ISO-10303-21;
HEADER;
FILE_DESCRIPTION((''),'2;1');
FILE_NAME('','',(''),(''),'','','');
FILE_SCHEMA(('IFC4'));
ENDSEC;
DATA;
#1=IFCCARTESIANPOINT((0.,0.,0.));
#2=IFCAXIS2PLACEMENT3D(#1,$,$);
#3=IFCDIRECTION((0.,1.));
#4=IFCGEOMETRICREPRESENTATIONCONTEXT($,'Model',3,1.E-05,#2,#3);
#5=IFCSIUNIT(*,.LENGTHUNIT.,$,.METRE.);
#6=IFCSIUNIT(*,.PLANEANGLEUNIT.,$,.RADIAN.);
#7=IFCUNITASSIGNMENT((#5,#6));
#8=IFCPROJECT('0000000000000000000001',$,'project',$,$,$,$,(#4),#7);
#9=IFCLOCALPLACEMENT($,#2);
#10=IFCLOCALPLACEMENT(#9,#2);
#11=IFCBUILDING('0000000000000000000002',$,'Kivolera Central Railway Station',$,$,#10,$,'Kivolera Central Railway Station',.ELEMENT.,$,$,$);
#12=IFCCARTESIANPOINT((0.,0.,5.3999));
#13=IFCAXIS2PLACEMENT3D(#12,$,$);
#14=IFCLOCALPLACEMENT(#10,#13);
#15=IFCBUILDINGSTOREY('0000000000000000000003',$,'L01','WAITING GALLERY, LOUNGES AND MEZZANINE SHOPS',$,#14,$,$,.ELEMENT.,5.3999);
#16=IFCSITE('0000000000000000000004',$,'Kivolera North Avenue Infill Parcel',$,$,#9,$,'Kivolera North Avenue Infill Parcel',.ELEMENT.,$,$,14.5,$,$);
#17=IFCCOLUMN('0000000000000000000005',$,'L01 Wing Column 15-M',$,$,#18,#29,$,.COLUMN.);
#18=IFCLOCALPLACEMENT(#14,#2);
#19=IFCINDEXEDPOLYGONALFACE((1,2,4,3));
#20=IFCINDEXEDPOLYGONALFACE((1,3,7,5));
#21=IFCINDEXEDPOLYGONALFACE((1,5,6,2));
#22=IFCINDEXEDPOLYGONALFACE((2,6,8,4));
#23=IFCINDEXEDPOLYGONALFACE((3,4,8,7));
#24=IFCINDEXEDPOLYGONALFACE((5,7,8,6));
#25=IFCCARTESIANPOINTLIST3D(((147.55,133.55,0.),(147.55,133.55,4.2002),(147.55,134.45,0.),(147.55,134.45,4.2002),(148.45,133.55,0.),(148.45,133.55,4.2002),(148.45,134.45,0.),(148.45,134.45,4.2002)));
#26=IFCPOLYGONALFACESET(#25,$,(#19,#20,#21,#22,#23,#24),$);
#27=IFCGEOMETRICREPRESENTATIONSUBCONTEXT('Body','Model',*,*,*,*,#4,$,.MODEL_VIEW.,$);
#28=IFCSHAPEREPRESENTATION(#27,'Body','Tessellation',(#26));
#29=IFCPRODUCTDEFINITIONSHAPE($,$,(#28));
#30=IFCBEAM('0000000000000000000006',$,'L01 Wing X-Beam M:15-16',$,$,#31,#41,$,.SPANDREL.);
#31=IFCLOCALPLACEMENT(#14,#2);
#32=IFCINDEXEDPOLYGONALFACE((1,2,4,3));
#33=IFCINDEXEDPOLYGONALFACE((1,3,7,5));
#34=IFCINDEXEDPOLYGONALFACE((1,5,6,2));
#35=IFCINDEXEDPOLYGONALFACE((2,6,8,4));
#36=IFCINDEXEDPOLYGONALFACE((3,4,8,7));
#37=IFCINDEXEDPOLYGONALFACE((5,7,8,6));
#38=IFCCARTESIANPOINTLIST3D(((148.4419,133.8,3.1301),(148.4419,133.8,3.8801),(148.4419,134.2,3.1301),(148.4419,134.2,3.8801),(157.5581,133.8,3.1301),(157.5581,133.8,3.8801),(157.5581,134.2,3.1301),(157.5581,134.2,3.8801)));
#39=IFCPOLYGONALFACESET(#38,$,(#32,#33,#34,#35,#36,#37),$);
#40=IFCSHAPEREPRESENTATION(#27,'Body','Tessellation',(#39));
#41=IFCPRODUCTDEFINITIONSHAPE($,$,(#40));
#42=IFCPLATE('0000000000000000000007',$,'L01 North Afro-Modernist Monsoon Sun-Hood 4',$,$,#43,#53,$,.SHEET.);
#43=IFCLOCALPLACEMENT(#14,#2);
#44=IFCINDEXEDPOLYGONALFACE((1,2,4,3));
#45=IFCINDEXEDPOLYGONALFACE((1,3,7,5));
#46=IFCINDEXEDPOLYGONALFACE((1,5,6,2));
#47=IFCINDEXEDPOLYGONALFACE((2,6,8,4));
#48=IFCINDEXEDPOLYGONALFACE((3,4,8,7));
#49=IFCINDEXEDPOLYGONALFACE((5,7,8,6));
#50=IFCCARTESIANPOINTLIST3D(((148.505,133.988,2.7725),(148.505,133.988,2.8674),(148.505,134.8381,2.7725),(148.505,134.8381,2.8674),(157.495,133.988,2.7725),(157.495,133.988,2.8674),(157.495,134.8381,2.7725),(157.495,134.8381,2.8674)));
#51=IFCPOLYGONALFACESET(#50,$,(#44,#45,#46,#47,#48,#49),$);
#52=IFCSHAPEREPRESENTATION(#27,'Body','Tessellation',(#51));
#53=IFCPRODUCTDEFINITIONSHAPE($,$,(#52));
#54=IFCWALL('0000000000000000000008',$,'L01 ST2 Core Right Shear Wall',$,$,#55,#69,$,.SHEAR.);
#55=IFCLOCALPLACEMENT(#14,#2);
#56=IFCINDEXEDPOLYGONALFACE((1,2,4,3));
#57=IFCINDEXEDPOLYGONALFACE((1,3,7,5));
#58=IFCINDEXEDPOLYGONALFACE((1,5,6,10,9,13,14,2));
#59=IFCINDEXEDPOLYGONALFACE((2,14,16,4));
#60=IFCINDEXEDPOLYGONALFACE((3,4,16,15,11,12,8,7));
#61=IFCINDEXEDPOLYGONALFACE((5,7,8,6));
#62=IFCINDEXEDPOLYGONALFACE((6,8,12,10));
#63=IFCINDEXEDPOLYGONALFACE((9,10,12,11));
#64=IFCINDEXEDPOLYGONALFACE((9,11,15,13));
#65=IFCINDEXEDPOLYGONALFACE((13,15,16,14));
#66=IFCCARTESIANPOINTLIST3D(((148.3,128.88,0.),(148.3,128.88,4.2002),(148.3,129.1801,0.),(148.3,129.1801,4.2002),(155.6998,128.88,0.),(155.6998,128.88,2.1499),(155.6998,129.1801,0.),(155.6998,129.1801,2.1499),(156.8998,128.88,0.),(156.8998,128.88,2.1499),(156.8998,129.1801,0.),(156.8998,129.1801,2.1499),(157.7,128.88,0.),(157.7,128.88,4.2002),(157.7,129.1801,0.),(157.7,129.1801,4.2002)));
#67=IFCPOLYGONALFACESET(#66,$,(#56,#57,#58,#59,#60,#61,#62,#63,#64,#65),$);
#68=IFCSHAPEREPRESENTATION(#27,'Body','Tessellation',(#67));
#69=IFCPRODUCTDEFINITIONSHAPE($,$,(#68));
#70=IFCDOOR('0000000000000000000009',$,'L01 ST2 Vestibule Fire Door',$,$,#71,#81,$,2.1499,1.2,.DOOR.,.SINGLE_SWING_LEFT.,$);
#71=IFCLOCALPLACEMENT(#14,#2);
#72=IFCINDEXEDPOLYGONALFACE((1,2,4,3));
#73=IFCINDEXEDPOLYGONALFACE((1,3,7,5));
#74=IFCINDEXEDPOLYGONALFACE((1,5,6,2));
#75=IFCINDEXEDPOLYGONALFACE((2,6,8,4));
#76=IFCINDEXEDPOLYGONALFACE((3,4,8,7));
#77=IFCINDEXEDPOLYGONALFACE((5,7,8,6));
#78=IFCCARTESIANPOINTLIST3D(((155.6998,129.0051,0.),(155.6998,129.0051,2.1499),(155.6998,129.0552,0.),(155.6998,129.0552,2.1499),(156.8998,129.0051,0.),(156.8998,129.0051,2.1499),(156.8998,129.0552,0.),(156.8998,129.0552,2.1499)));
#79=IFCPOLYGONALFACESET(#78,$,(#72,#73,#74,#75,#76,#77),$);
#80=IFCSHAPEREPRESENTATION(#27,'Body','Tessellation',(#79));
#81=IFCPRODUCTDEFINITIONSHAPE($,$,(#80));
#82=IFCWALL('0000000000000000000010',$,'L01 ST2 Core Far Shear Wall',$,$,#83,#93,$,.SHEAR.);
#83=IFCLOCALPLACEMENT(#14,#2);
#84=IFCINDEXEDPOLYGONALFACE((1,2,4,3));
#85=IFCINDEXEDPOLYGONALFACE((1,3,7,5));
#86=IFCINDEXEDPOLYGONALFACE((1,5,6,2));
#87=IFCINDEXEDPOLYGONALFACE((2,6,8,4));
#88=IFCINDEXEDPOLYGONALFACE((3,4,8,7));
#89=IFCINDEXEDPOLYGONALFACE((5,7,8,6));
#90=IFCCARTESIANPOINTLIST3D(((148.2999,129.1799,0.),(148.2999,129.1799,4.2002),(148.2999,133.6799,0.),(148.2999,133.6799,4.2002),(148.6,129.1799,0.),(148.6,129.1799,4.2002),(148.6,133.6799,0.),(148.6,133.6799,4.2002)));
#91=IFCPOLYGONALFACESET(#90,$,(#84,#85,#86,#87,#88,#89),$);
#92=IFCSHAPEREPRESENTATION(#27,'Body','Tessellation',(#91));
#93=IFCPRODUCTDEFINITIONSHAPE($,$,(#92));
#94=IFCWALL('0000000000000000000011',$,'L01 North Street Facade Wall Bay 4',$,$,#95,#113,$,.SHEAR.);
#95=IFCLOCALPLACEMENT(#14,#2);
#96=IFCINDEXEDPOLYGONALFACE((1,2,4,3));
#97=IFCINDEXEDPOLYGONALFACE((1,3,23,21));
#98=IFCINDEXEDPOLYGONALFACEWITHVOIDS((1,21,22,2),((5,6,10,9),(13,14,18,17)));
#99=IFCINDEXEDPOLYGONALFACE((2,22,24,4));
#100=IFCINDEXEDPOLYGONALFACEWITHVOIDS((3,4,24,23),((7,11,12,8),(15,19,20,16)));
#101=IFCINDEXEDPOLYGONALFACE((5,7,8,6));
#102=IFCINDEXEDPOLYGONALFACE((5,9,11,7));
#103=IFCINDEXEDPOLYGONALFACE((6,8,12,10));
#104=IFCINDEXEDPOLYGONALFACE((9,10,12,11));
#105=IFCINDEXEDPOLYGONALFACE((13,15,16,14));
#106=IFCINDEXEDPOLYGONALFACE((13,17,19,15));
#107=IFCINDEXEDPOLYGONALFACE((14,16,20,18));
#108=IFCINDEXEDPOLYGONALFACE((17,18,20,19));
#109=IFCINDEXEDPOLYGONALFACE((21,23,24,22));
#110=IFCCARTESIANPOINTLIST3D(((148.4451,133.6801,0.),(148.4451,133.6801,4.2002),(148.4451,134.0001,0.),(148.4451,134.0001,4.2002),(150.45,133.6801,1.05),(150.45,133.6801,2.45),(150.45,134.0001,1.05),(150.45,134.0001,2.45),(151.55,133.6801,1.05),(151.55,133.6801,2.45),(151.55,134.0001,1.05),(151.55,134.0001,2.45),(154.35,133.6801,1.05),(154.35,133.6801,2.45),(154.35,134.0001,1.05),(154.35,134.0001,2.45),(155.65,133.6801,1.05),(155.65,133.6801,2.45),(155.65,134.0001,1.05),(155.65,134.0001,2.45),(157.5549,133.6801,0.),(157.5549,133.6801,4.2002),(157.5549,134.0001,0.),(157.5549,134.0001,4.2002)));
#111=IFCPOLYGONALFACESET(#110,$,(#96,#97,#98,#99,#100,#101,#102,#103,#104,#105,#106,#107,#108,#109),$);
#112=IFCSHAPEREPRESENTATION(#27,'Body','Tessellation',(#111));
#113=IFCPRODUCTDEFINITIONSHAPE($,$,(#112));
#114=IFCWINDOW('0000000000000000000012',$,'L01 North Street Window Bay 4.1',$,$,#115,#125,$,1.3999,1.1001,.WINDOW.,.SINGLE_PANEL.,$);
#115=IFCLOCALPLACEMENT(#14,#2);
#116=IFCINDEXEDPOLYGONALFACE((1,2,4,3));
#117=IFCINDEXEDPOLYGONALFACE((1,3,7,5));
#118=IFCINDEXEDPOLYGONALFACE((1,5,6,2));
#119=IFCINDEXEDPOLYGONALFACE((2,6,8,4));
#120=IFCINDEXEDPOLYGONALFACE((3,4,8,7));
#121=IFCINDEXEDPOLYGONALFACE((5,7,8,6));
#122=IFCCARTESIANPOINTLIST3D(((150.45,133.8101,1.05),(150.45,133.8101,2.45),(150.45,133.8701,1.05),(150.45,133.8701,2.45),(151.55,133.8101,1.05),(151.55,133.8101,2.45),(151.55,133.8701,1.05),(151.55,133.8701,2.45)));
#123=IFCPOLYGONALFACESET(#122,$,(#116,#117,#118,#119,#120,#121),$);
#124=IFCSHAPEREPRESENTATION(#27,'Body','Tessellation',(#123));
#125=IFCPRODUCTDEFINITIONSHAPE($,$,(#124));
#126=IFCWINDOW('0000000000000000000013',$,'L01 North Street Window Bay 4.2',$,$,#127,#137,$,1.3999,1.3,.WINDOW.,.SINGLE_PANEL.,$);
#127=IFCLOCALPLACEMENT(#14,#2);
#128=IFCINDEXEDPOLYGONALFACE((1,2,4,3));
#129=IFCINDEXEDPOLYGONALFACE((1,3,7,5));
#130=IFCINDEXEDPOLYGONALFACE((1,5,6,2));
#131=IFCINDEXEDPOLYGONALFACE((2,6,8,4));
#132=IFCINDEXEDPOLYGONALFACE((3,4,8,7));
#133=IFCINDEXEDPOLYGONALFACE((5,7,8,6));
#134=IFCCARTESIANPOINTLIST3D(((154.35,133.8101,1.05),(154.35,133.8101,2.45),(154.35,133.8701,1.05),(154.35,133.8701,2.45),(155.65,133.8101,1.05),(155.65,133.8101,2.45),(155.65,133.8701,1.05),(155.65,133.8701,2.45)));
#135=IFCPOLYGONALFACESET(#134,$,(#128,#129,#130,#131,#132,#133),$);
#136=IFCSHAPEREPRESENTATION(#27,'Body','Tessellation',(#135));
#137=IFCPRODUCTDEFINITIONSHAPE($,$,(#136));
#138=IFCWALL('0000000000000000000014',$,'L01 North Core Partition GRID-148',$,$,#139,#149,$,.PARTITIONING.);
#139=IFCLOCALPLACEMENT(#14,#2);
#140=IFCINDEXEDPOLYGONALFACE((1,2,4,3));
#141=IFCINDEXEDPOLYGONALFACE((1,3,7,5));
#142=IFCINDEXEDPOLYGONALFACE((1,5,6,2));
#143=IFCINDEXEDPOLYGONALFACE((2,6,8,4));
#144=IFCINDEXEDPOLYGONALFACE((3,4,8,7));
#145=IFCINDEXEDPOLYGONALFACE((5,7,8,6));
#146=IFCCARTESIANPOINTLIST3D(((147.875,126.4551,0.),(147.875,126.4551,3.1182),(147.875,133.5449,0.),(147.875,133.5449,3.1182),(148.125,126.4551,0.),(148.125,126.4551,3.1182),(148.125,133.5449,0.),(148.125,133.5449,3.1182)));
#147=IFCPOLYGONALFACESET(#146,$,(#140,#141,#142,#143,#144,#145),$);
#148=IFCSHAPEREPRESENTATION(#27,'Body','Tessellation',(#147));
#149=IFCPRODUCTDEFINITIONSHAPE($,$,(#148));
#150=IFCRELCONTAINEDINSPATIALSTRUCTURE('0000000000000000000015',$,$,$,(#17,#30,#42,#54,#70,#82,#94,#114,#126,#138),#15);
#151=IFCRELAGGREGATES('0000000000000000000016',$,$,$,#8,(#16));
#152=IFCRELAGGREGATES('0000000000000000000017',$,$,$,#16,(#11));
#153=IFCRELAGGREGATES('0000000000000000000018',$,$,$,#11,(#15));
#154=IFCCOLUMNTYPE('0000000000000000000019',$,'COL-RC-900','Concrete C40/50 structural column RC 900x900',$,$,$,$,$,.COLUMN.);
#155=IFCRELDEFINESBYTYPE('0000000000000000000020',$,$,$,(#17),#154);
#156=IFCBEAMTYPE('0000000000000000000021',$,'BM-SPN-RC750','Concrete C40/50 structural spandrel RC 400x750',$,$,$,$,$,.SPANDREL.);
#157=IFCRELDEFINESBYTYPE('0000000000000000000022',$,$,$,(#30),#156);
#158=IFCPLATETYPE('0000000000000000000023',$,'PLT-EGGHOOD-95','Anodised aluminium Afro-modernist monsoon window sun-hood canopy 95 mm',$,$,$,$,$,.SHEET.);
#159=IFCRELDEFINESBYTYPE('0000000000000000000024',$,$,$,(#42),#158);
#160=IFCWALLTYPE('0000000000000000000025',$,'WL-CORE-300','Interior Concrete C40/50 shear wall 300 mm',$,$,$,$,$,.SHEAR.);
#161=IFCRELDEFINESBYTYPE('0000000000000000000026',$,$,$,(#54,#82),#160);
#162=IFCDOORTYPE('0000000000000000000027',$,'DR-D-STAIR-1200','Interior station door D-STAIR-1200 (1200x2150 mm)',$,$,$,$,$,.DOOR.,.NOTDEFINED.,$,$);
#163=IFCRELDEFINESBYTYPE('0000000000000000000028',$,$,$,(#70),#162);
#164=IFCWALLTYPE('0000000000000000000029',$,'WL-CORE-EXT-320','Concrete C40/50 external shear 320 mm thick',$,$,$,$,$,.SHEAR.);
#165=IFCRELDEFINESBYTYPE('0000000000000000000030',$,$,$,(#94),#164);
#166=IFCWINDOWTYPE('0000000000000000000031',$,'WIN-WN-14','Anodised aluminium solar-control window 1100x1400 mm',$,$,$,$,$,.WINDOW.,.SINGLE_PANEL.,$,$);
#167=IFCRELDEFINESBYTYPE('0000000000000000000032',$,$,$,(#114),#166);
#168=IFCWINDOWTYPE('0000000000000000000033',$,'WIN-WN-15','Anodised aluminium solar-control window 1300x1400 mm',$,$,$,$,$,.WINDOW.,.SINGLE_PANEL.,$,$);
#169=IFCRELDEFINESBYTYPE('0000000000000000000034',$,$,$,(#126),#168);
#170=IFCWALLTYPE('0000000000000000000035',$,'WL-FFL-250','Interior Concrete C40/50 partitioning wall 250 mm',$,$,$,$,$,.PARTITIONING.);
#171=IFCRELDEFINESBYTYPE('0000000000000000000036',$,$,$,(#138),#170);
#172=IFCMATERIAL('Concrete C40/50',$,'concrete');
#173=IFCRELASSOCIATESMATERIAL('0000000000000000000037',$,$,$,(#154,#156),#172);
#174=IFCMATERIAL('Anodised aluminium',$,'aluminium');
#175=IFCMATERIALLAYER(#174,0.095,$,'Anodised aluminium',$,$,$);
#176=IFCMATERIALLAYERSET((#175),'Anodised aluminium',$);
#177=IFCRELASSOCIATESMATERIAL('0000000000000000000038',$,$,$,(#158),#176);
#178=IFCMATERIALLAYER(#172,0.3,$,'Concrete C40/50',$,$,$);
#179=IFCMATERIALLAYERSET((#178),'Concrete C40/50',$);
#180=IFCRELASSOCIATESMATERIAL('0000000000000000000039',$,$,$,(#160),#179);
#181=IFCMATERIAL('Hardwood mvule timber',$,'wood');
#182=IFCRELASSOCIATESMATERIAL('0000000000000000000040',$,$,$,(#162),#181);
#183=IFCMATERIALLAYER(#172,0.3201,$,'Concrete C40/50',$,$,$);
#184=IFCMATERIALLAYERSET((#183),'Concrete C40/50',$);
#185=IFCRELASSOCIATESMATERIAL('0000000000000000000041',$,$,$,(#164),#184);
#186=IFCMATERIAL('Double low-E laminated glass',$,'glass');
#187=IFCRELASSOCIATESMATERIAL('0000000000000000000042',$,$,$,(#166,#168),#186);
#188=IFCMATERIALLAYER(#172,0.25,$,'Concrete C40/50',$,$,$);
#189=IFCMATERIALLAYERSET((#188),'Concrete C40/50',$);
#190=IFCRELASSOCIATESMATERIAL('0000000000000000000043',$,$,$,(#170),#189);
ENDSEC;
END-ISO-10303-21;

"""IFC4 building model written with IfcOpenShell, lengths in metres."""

from ifc_helpers import new_model, si_unit, direction, frame, frame_2d, origin, origin_2d, place, context, subcontext, project, spatial, rectangle, extrude, material, layer, layer_set, material_profile, profile_set, type_object, element, fill, save


model = new_model("IFC4")

# Units and contexts
model_context = context("Model", 3, precision=1e-05, world=origin(), true_north=direction((0.0, 1.0)))
body_context = subcontext(model_context, "Body", "Model", "MODEL_VIEW")
ifc_project = project(units=[si_unit("LENGTHUNIT", "METRE"), si_unit("PLANEANGLEUNIT", "RADIAN")], contexts=[model_context])

# Site, building, storey
site_placement = place(None, origin())
site = spatial("IfcSite", under=ifc_project, at=site_placement, Name="Kivolera North Avenue Infill Parcel", LongName="Kivolera North Avenue Infill Parcel", CompositionType="ELEMENT", RefElevation=14.5)
building_placement = place(site_placement, origin())
building = spatial("IfcBuilding", under=site, at=building_placement, Name="Kivolera Central Railway Station", LongName="Kivolera Central Railway Station", CompositionType="ELEMENT")
storey_placement = place(building_placement, frame((0.0, 0.0, 5.3999)))
storey = spatial("IfcBuildingStorey", under=building, at=storey_placement, Name="L01", Description="WAITING GALLERY, LOUNGES AND MEZZANINE SHOPS", CompositionType="ELEMENT", Elevation=5.3999)

# Column
ifc_material_1 = material(Name="Concrete C40/50", Category="concrete")
ifc_material_profile_1 = material_profile(ifc_material_1, rectangle(XDim=0.8999, YDim=0.8999, at=origin_2d()), Name="RC 900x900")
ifc_profile_set_1 = profile_set([ifc_material_profile_1], Name="Concrete C40/50")
column_type = type_object("IfcColumnType", Name="COL-RC-900", Description="Concrete C40/50 structural column RC 900x900", PredefinedType="COLUMN", material=ifc_profile_set_1)
column_placement = place(storey_placement, frame((148.0, 134.0, 0.0), z_axis=(0.0, 0.0, 1.0), x_axis=(1.0, 0.0, 0.0)))
element("IfcColumn", 1, at=column_placement, inside=storey, type_object=column_type, Name="L01 Wing Column 15-M", PredefinedType="COLUMN", context=body_context, shape_type="SweptSolid", body=[
    extrude(rectangle(XDim=0.8999, YDim=0.8999, at=origin_2d()), origin(), (0.0, 0.0, 1.0), 4.2002),
])

# Beam
ifc_material_profile_2 = material_profile(ifc_material_1, rectangle(XDim=0.3999, YDim=0.75, at=origin_2d()), Name="RC 400x750")
ifc_profile_set_2 = profile_set([ifc_material_profile_2], Name="Concrete C40/50")
beam_type = type_object("IfcBeamType", Name="BM-SPN-RC750", Description="Concrete C40/50 structural spandrel RC 400x750", PredefinedType="SPANDREL", material=ifc_profile_set_2)
beam_placement = place(storey_placement, frame((148.4419, 134.0, 3.5051), z_axis=(1.0, 0.0, 0.0), x_axis=(0.0, 1.0, 0.0)))
element("IfcBeam", 2, at=beam_placement, inside=storey, type_object=beam_type, Name="L01 Wing X-Beam M:15-16", PredefinedType="SPANDREL", context=body_context, shape_type="SweptSolid", body=[
    extrude(rectangle(XDim=0.3999, YDim=0.75, at=origin_2d()), origin(), (0.0, 0.0, 1.0), 9.1162),
])

# Plate
ifc_material_2 = material(Name="Anodised aluminium", Category="aluminium")
ifc_layer_1 = layer(ifc_material_2, 0.095, Name="Anodised aluminium")
ifc_layer_set_1 = layer_set([ifc_layer_1], Name="Anodised aluminium")
plate_type = type_object("IfcPlateType", Name="PLT-EGGHOOD-95", Description="Anodised aluminium Afro-modernist monsoon window sun-hood canopy 95 mm", PredefinedType="SHEET", material=ifc_layer_set_1)
plate_placement = place(storey_placement, frame((153.0, 134.4131, 2.7725), z_axis=(0.0, 0.0, 1.0), x_axis=(1.0, 0.0, 0.0)))
element("IfcPlate", 3, at=plate_placement, inside=storey, type_object=plate_type, Name="L01 North Afro-Modernist Monsoon Sun-Hood 4", PredefinedType="SHEET", context=body_context, shape_type="SweptSolid", body=[
    extrude(rectangle(XDim=8.99, YDim=0.8501, at=origin_2d()), origin(), (0.0, 0.0, 1.0), 0.095),
])

# Wall, opening, door
ifc_layer_2 = layer(ifc_material_1, 0.3, Name="Concrete C40/50")
ifc_layer_set_2 = layer_set([ifc_layer_2], Name="Concrete C40/50")
wall_type_1 = type_object("IfcWallType", Name="WL-CORE-300", Description="Interior Concrete C40/50 shear wall 300 mm", PredefinedType="SHEAR", material=ifc_layer_set_2)
wall_1_placement = place(storey_placement, frame((157.7, 129.03, 0.0), z_axis=(0.0, 0.0, 1.0), x_axis=(-1.0, 0.0, 0.0)))
wall_1 = element("IfcWall", 4, at=wall_1_placement, inside=storey, type_object=wall_type_1, Name="L01 ST2 Core Right Shear Wall", PredefinedType="SHEAR", context=body_context, shape_type="SweptSolid", body=[
    extrude(rectangle(XDim=9.3999, YDim=0.3, at=frame_2d((4.7, 0.0))), origin(), (0.0, 0.0, 1.0), 4.2002),
])
opening_1_placement = place(wall_1_placement, frame((0.8, 0.0, 0.0)))
opening_1 = element("IfcOpeningElement", 5, at=opening_1_placement, cuts=wall_1, PredefinedType="OPENING", context=body_context, shape_type="SweptSolid", body=[
    extrude(rectangle(XDim=1.2, YDim=2.1499, at=frame_2d((0.6001, 1.075))), frame((0.0, 0.1599, 0.0), z_axis=(0.0, -1.0, 0.0), x_axis=(1.0, 0.0, 0.0)), (0.0, 0.0, 1.0), 0.3201),
])
ifc_material_3 = material(Name="Hardwood mvule timber", Category="wood")
door_type_1 = type_object("IfcDoorType", Name="DR-D-STAIR-1200", Description="Interior station door D-STAIR-1200 (1200x2150 mm)", OperationType="NOTDEFINED", PredefinedType="DOOR", material=ifc_material_3)
door_1_placement = place(opening_1_placement, origin())
door_1 = element("IfcDoor", 6, at=door_1_placement, inside=storey, type_object=door_type_1, Name="L01 ST2 Vestibule Fire Door", OperationType="SINGLE_SWING_LEFT", OverallHeight=2.1499, OverallWidth=1.2, PredefinedType="DOOR", context=body_context, shape_type="SweptSolid", body=[
    extrude(rectangle(XDim=1.2, YDim=2.1499, at=frame_2d((0.6001, 1.075))), frame((0.0, 0.0249, 0.0), z_axis=(0.0, -1.0, 0.0), x_axis=(1.0, 0.0, 0.0)), (0.0, 0.0, 1.0), 0.05),
])
fill(opening_1, door_1)

# Wall
wall_2_placement = place(storey_placement, frame((148.45, 129.1799, 0.0), z_axis=(0.0, 0.0, 1.0), x_axis=(0.0, 1.0, 0.0)))
element("IfcWall", 7, at=wall_2_placement, inside=storey, type_object=wall_type_1, Name="L01 ST2 Core Far Shear Wall", PredefinedType="SHEAR", context=body_context, shape_type="SweptSolid", body=[
    extrude(rectangle(XDim=4.5, YDim=0.3, at=frame_2d((2.25, 0.0))), origin(), (0.0, 0.0, 1.0), 4.2002),
])

# Wall, openings, windows
ifc_layer_3 = layer(ifc_material_1, 0.3201, Name="Concrete C40/50")
ifc_layer_set_3 = layer_set([ifc_layer_3], Name="Concrete C40/50")
wall_type_2 = type_object("IfcWallType", Name="WL-CORE-EXT-320", Description="Concrete C40/50 external shear 320 mm thick", PredefinedType="SHEAR", material=ifc_layer_set_3)
wall_3_placement = place(storey_placement, frame((148.4451, 133.8401, 0.0), z_axis=(0.0, 0.0, 1.0), x_axis=(1.0, 0.0, 0.0)))
wall_3 = element("IfcWall", 8, at=wall_3_placement, inside=storey, type_object=wall_type_2, Name="L01 North Street Facade Wall Bay 4", PredefinedType="SHEAR", context=body_context, shape_type="SweptSolid", body=[
    extrude(rectangle(XDim=9.1099, YDim=0.3201, at=frame_2d((4.5549, 0.0))), origin(), (0.0, 0.0, 1.0), 4.2002),
])
opening_2_placement = place(wall_3_placement, frame((2.0049, 0.0, 1.05)))
opening_2 = element("IfcOpeningElement", 9, at=opening_2_placement, cuts=wall_3, PredefinedType="OPENING", context=body_context, shape_type="SweptSolid", body=[
    extrude(rectangle(XDim=1.1001, YDim=1.3999, at=frame_2d((0.55, 0.7))), frame((0.0, 0.1699, 0.0), z_axis=(0.0, -1.0, 0.0), x_axis=(1.0, 0.0, 0.0)), (0.0, 0.0, 1.0), 0.3401),
])
opening_3_placement = place(wall_3_placement, frame((5.905, 0.0, 1.05)))
opening_3 = element("IfcOpeningElement", 10, at=opening_3_placement, cuts=wall_3, PredefinedType="OPENING", context=body_context, shape_type="SweptSolid", body=[
    extrude(rectangle(XDim=1.3, YDim=1.3999, at=frame_2d((0.6499, 0.7))), frame((0.0, 0.1699, 0.0), z_axis=(0.0, -1.0, 0.0), x_axis=(1.0, 0.0, 0.0)), (0.0, 0.0, 1.0), 0.3401),
])
ifc_material_4 = material(Name="Double low-E laminated glass", Category="glass")
window_type_1 = type_object("IfcWindowType", Name="WIN-WN-14", Description="Anodised aluminium solar-control window 1100x1400 mm", PartitioningType="SINGLE_PANEL", PredefinedType="WINDOW", material=ifc_material_4)
window_1_placement = place(opening_2_placement, origin())
window_1 = element("IfcWindow", 11, at=window_1_placement, inside=storey, type_object=window_type_1, Name="L01 North Street Window Bay 4.1", OverallHeight=1.3999, OverallWidth=1.1001, PartitioningType="SINGLE_PANEL", PredefinedType="WINDOW", context=body_context, shape_type="SweptSolid", body=[
    extrude(rectangle(XDim=1.1001, YDim=1.3999, at=frame_2d((0.55, 0.7))), frame((0.0, 0.03, 0.0), z_axis=(0.0, -1.0, 0.0), x_axis=(1.0, 0.0, 0.0)), (0.0, 0.0, 1.0), 0.0601),
])
fill(opening_2, window_1)
window_type_2 = type_object("IfcWindowType", Name="WIN-WN-15", Description="Anodised aluminium solar-control window 1300x1400 mm", PartitioningType="SINGLE_PANEL", PredefinedType="WINDOW", material=ifc_material_4)
window_2_placement = place(opening_3_placement, origin())
window_2 = element("IfcWindow", 12, at=window_2_placement, inside=storey, type_object=window_type_2, Name="L01 North Street Window Bay 4.2", OverallHeight=1.3999, OverallWidth=1.3, PartitioningType="SINGLE_PANEL", PredefinedType="WINDOW", context=body_context, shape_type="SweptSolid", body=[
    extrude(rectangle(XDim=1.3, YDim=1.3999, at=frame_2d((0.6499, 0.7))), frame((0.0, 0.03, 0.0), z_axis=(0.0, -1.0, 0.0), x_axis=(1.0, 0.0, 0.0)), (0.0, 0.0, 1.0), 0.0601),
])
fill(opening_3, window_2)

# Wall
ifc_layer_4 = layer(ifc_material_1, 0.25, Name="Concrete C40/50")
ifc_layer_set_4 = layer_set([ifc_layer_4], Name="Concrete C40/50")
wall_type_3 = type_object("IfcWallType", Name="WL-FFL-250", Description="Interior Concrete C40/50 partitioning wall 250 mm", PredefinedType="PARTITIONING", material=ifc_layer_set_4)
wall_4_placement = place(storey_placement, frame((148.0, 126.4551, 0.0), z_axis=(0.0, 0.0, 1.0), x_axis=(0.0, 1.0, 0.0)))
element("IfcWall", 13, at=wall_4_placement, inside=storey, type_object=wall_type_3, Name="L01 North Core Partition GRID-148", PredefinedType="PARTITIONING", context=body_context, shape_type="SweptSolid", body=[
    extrude(rectangle(XDim=7.0898, YDim=0.25, at=frame_2d((3.5449, 0.0))), origin(), (0.0, 0.0, 1.0), 3.1182),
])

save(model, "model.ifc")
